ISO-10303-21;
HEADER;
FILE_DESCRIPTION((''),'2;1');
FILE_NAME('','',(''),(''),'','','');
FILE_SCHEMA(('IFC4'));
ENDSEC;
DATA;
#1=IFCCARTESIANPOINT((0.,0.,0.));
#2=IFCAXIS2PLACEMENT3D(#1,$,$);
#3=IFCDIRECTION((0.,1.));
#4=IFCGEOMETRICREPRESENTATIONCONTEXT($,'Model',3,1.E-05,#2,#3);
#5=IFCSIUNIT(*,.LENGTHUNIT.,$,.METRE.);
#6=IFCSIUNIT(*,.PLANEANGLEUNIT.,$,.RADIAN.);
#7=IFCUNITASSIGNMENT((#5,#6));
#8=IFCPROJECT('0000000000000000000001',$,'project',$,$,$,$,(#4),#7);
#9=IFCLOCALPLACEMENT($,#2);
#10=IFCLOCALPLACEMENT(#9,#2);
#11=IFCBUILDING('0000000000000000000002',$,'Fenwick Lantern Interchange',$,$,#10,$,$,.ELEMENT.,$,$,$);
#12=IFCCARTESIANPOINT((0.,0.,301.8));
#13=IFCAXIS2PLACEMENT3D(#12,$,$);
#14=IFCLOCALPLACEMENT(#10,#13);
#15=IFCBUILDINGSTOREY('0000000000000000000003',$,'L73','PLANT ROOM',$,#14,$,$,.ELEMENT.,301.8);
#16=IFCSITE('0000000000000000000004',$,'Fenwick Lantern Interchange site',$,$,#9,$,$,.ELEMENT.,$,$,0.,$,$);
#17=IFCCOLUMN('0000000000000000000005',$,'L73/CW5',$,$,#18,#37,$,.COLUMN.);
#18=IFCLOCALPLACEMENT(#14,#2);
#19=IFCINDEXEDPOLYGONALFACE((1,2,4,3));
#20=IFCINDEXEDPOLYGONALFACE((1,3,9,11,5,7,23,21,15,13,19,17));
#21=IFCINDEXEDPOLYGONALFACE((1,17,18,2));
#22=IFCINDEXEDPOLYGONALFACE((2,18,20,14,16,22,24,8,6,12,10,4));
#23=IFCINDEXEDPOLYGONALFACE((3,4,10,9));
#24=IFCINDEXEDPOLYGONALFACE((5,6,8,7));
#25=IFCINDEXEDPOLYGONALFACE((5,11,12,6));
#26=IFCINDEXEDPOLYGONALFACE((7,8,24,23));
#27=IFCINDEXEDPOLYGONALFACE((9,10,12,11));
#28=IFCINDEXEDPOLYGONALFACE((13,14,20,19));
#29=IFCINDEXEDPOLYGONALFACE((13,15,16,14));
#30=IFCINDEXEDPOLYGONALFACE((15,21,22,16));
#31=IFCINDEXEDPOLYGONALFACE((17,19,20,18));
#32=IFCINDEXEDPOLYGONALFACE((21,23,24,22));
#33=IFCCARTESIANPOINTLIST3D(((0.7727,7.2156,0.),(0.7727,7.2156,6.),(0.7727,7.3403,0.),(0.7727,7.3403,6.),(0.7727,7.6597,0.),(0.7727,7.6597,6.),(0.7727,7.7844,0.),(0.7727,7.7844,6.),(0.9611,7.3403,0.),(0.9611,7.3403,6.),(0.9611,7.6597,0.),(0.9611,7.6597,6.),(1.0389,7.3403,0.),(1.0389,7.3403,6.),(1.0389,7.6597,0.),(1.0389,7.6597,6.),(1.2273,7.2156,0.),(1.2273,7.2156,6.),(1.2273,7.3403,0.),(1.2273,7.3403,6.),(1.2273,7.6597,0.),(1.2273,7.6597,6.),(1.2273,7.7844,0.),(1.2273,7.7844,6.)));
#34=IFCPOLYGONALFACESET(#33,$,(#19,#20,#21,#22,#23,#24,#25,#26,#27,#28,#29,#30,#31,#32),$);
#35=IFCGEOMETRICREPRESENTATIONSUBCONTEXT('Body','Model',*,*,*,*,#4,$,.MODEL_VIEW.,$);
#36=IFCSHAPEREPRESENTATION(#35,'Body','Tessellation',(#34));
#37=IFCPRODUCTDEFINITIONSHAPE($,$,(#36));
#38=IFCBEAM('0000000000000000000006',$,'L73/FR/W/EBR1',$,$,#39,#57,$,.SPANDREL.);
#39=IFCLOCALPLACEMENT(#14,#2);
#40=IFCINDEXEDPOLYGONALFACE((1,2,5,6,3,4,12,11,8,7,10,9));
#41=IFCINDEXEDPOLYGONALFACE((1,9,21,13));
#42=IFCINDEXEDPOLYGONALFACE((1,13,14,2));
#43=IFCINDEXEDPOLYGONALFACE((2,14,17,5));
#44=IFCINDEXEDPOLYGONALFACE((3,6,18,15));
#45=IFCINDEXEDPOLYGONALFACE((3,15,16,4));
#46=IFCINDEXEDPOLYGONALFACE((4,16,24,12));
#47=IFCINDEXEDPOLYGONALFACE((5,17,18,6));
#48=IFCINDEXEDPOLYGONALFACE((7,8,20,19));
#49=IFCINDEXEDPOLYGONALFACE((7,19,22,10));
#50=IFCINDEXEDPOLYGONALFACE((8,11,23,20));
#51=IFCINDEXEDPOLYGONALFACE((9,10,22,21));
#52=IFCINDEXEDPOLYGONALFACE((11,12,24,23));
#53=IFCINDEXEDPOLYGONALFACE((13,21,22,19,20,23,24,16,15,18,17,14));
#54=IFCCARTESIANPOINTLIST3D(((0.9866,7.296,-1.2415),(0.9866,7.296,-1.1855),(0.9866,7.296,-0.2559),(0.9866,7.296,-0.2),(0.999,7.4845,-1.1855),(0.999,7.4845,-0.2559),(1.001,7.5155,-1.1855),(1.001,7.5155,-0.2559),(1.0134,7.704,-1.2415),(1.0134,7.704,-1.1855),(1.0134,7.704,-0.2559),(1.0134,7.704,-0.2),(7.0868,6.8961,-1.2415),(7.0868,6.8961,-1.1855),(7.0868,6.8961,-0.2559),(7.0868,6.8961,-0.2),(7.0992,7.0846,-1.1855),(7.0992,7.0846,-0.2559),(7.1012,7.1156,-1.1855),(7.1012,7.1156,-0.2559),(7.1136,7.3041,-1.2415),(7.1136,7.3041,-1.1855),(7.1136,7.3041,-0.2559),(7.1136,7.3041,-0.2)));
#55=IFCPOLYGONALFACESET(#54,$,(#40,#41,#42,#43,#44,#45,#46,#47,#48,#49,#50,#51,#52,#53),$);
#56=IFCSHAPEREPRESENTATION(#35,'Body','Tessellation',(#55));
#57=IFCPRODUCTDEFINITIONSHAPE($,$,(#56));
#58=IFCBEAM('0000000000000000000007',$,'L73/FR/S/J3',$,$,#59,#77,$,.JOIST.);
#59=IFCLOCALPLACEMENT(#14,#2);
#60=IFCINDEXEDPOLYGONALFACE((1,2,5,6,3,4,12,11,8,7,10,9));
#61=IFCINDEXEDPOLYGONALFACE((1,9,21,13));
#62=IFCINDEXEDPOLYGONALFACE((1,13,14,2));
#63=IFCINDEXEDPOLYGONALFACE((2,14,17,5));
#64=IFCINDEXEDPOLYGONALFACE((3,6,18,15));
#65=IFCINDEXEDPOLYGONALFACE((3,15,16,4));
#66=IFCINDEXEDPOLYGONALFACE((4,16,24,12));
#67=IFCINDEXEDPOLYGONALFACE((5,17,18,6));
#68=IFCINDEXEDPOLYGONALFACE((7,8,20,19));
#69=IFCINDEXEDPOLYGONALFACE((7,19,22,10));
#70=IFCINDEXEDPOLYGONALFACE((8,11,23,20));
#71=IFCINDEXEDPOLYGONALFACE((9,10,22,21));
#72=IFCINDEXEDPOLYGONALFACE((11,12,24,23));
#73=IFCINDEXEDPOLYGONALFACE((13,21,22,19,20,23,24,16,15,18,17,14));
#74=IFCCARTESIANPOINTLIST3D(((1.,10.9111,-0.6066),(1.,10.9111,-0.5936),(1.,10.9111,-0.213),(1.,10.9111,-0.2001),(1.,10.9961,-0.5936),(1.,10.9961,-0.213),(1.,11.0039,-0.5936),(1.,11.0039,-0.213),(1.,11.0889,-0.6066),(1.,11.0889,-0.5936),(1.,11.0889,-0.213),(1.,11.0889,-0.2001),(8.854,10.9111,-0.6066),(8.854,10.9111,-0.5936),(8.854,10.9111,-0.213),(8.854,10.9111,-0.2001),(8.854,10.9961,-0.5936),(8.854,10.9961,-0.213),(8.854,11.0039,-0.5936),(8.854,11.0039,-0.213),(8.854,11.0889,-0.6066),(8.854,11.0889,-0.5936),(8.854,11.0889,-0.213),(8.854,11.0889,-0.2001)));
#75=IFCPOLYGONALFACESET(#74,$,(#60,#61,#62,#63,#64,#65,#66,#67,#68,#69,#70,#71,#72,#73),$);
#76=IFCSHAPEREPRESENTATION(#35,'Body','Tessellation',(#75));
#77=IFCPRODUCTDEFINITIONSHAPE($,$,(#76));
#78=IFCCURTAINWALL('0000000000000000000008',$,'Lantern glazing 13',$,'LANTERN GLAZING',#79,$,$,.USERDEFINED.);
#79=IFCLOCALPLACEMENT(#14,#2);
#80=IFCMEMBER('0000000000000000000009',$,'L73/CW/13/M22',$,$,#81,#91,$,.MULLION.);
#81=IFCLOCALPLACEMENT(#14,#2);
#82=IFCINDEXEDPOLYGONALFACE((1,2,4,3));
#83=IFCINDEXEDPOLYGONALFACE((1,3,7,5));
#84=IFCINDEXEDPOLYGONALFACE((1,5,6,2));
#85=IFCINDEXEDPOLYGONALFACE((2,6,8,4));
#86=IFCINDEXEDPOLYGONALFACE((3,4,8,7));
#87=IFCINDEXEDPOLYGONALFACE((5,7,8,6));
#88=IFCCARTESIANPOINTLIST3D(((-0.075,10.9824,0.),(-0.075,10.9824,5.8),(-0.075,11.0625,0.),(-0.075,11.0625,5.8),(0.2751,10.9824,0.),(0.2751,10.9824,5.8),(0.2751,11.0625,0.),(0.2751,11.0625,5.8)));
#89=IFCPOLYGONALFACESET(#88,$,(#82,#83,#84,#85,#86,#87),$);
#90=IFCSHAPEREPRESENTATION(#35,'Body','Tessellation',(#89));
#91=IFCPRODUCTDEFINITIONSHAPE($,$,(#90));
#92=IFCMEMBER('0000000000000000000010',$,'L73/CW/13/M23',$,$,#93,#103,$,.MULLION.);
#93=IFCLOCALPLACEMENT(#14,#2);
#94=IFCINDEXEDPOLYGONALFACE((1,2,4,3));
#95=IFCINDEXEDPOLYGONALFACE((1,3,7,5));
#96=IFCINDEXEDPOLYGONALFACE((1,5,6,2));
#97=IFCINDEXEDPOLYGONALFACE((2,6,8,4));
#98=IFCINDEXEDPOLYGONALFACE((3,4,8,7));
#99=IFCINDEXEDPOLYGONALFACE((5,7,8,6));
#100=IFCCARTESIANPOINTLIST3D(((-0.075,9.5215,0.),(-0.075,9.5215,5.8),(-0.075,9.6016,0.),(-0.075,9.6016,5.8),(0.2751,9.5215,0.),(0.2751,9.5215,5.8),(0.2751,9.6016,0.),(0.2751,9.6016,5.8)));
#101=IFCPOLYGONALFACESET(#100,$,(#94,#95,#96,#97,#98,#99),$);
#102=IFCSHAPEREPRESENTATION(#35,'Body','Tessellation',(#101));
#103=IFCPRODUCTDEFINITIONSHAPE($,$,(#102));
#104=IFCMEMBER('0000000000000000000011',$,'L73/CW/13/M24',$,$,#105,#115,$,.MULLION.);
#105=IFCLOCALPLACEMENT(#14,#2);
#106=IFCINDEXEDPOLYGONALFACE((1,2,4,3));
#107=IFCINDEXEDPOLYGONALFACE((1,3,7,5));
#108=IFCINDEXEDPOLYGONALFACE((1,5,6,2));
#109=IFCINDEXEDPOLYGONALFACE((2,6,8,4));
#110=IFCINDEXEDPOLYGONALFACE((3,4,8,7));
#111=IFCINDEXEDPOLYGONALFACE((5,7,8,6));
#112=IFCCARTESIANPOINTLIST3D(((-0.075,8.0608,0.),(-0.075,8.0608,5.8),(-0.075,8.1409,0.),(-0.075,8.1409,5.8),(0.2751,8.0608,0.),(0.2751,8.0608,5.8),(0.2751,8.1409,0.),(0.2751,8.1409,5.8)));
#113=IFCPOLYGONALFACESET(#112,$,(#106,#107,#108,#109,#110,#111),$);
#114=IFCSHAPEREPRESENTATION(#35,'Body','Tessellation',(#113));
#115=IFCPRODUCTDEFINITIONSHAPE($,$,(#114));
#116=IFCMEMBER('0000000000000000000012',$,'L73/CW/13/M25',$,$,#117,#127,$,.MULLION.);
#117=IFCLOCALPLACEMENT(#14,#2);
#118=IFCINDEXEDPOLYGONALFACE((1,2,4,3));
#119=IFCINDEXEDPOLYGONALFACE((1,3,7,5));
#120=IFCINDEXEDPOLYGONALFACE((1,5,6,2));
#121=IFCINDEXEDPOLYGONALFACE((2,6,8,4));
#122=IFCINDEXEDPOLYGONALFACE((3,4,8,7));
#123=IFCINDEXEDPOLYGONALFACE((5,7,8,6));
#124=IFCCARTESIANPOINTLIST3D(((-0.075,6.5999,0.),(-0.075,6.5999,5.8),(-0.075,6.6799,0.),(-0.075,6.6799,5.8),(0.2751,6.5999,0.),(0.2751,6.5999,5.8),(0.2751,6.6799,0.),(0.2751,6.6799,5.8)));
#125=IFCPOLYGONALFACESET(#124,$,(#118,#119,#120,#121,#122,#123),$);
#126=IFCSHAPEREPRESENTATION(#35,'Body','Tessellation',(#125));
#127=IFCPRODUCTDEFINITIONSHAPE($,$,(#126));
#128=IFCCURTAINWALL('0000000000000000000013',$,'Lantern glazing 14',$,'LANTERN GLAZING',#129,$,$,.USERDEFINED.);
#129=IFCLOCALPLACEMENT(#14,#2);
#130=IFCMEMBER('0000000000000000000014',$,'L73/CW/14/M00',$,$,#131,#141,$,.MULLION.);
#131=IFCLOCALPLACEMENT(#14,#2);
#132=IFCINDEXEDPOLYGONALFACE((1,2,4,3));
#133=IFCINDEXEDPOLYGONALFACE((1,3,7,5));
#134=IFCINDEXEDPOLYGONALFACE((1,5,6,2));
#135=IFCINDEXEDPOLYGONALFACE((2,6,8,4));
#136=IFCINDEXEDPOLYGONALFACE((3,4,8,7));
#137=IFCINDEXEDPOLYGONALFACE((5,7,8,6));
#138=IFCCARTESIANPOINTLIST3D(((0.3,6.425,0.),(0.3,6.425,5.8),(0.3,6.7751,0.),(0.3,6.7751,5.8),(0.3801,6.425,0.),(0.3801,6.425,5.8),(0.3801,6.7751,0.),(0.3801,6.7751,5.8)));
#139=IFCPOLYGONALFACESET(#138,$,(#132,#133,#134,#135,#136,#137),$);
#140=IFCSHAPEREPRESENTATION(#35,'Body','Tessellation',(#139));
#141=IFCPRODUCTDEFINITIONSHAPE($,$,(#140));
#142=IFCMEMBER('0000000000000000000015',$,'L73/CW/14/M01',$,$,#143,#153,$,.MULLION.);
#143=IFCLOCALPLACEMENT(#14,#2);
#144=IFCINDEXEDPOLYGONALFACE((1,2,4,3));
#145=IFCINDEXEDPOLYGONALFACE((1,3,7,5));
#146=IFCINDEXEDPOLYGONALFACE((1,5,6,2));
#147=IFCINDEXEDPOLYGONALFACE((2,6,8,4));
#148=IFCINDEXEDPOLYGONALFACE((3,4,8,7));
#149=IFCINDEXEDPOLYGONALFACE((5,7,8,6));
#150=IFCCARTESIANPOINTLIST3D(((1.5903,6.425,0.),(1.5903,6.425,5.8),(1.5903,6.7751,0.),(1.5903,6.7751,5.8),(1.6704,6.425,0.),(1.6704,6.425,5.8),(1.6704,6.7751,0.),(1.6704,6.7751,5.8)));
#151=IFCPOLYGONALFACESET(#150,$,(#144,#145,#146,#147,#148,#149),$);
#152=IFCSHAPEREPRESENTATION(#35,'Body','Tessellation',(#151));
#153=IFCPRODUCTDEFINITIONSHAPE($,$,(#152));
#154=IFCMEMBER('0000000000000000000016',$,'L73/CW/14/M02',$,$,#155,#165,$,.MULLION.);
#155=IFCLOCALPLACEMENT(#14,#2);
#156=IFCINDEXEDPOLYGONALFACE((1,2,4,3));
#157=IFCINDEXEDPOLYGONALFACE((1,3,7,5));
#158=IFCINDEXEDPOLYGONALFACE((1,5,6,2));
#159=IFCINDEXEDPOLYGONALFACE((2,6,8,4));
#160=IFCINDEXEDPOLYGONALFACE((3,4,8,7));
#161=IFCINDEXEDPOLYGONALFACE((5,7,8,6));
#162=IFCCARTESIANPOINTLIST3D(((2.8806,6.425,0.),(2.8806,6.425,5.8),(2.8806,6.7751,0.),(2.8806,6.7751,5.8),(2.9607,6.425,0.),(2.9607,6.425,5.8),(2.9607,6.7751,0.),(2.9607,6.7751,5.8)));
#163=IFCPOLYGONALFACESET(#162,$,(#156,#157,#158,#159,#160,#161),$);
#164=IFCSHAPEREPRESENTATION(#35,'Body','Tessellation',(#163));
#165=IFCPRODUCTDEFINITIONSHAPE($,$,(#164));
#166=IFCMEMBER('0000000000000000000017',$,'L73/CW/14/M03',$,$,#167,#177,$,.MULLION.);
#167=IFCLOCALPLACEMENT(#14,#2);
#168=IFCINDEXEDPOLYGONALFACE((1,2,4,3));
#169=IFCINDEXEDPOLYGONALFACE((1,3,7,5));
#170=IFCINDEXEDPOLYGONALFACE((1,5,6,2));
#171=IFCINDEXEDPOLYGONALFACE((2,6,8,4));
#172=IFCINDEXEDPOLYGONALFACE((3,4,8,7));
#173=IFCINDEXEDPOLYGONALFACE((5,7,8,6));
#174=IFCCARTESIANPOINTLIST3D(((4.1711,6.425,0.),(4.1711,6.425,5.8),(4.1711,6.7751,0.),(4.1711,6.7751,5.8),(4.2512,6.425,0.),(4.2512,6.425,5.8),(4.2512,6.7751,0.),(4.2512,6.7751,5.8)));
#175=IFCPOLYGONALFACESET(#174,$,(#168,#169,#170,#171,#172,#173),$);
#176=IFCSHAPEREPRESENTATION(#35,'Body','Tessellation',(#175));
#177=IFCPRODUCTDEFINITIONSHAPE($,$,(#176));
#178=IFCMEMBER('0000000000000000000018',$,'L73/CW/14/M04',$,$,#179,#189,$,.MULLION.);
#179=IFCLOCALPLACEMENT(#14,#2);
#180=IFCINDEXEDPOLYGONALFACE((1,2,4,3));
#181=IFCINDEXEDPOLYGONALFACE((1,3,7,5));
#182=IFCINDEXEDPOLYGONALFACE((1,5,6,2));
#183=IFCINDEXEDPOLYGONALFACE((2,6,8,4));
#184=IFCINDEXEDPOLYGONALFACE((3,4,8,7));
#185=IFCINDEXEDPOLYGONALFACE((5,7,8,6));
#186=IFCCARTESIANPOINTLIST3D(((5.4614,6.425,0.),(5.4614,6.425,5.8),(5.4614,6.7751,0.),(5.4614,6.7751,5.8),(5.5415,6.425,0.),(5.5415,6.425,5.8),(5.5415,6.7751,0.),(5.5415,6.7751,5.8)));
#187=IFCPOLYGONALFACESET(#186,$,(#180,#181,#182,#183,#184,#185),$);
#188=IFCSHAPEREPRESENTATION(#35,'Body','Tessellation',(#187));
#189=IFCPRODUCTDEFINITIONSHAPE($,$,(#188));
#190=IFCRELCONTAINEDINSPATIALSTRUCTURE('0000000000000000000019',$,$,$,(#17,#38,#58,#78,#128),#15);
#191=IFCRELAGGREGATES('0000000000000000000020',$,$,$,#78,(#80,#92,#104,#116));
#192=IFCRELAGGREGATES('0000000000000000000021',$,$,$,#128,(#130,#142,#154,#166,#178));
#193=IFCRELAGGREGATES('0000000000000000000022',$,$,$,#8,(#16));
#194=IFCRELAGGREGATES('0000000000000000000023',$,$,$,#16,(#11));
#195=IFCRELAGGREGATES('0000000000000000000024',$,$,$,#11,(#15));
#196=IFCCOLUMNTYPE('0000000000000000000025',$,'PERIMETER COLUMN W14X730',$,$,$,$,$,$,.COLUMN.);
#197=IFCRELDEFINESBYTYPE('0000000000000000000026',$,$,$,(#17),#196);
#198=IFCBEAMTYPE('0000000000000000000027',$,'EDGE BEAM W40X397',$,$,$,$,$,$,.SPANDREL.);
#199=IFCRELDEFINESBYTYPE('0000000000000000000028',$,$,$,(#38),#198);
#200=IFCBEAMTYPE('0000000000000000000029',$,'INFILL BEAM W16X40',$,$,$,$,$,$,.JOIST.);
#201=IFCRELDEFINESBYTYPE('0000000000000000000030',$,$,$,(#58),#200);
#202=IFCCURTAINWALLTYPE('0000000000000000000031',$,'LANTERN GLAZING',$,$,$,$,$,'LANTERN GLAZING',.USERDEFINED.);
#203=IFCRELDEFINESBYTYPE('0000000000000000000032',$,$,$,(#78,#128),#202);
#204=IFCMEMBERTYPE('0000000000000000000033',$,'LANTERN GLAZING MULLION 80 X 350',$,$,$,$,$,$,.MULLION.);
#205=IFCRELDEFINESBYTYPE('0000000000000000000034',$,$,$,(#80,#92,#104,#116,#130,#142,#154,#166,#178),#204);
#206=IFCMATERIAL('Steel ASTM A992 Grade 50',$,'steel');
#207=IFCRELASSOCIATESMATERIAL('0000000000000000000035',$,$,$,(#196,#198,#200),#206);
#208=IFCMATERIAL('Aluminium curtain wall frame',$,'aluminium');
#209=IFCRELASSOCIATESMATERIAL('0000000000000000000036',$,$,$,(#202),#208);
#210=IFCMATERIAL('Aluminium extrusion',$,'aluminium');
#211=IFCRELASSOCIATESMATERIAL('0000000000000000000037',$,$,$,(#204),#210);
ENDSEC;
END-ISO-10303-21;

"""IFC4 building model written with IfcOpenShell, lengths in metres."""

from ifc_helpers import new_model, si_unit, direction, frame, origin, origin_2d, place, context, subcontext, project, spatial, rectangle, i_section, extrude, material, material_profile, profile_set, type_object, element, aggregate, save


model = new_model("IFC4")

# Units and contexts
model_context = context("Model", 3, precision=1e-05, world=origin(), true_north=direction((0.0, 1.0)))
body_context = subcontext(model_context, "Body", "Model", "MODEL_VIEW")
ifc_project = project(units=[si_unit("LENGTHUNIT", "METRE"), si_unit("PLANEANGLEUNIT", "RADIAN")], contexts=[model_context])

# Site, building, storey
site_placement = place(None, origin())
site = spatial("IfcSite", under=ifc_project, at=site_placement, Name="Fenwick Lantern Interchange site", CompositionType="ELEMENT", RefElevation=0.0)
building_placement = place(site_placement, origin())
building = spatial("IfcBuilding", under=site, at=building_placement, Name="Fenwick Lantern Interchange", CompositionType="ELEMENT")
storey_placement = place(building_placement, frame((0.0, 0.0, 301.8)))
storey = spatial("IfcBuildingStorey", under=building, at=storey_placement, Name="L73", Description="PLANT ROOM", CompositionType="ELEMENT", Elevation=301.8)

# Column
ifc_material_1 = material(Name="Steel ASTM A992 Grade 50", Category="steel")
ifc_material_profile_1 = material_profile(ifc_material_1, i_section(OverallWidth=0.4546, OverallDepth=0.5688, WebThickness=0.0779, FlangeThickness=0.1248, at=origin_2d()), Name="W14X730")
ifc_profile_set_1 = profile_set([ifc_material_profile_1], Name="Steel ASTM A992 Grade 50")
column_type = type_object("IfcColumnType", Name="PERIMETER COLUMN W14X730", PredefinedType="COLUMN", material=ifc_profile_set_1)
column_placement = place(storey_placement, frame((1.0, 7.5, 0.0), z_axis=(0.0, 0.0, 1.0), x_axis=(1.0, 0.0, 0.0)))
element("IfcColumn", 1, at=column_placement, inside=storey, type_object=column_type, Name="L73/CW5", PredefinedType="COLUMN", context=body_context, shape_type="SweptSolid", body=[
    extrude(i_section(OverallWidth=0.4546, OverallDepth=0.5688, WebThickness=0.0779, FlangeThickness=0.1248, at=origin_2d()), origin(), (0.0, 0.0, 1.0), 6.0),
])

# Beams
ifc_material_profile_2 = material_profile(ifc_material_1, i_section(OverallWidth=0.4089, OverallDepth=1.0415, WebThickness=0.031, FlangeThickness=0.0559, at=origin_2d()), Name="W40X397")
ifc_profile_set_2 = profile_set([ifc_material_profile_2], Name="Steel ASTM A992 Grade 50")
beam_type_1 = type_object("IfcBeamType", Name="EDGE BEAM W40X397", PredefinedType="SPANDREL", material=ifc_profile_set_2)
beam_1_placement = place(storey_placement, frame((1.0, 7.5, -0.7207), z_axis=(0.997858, -0.065416, 0.0), x_axis=(0.065416, 0.997858, 0.0)))
element("IfcBeam", 2, at=beam_1_placement, inside=storey, type_object=beam_type_1, Name="L73/FR/W/EBR1", PredefinedType="SPANDREL", context=body_context, shape_type="SweptSolid", body=[
    extrude(i_section(OverallWidth=0.4089, OverallDepth=1.0415, WebThickness=0.031, FlangeThickness=0.0559, at=origin_2d()), origin(), (0.0, 0.0, 1.0), 6.1133),
])
ifc_material_profile_3 = material_profile(ifc_material_1, i_section(OverallWidth=0.1777, OverallDepth=0.4065, WebThickness=0.0078, FlangeThickness=0.0129, at=origin_2d()), Name="W16X40")
ifc_profile_set_3 = profile_set([ifc_material_profile_3], Name="Steel ASTM A992 Grade 50")
beam_type_2 = type_object("IfcBeamType", Name="INFILL BEAM W16X40", PredefinedType="JOIST", material=ifc_profile_set_3)
beam_2_placement = place(storey_placement, frame((1.0, 11.0, -0.4033), z_axis=(1.0, 0.0, 0.0), x_axis=(0.0, 1.0, 0.0)))
element("IfcBeam", 3, at=beam_2_placement, inside=storey, type_object=beam_type_2, Name="L73/FR/S/J3", PredefinedType="JOIST", context=body_context, shape_type="SweptSolid", body=[
    extrude(i_section(OverallWidth=0.1777, OverallDepth=0.4065, WebThickness=0.0078, FlangeThickness=0.0129, at=origin_2d()), origin(), (0.0, 0.0, 1.0), 7.854),
])

# Curtain walls, members
ifc_material_2 = material(Name="Aluminium curtain wall frame", Category="aluminium")
curtain_wall_type = type_object("IfcCurtainWallType", Name="LANTERN GLAZING", ElementType="LANTERN GLAZING", PredefinedType="USERDEFINED", material=ifc_material_2)
curtain_wall_1_placement = place(storey_placement, origin())
curtain_wall_1 = element("IfcCurtainWall", 4, at=curtain_wall_1_placement, inside=storey, type_object=curtain_wall_type, Name="Lantern glazing 13", ObjectType="LANTERN GLAZING", PredefinedType="USERDEFINED")
ifc_material_3 = material(Name="Aluminium extrusion", Category="aluminium")
ifc_material_profile_4 = material_profile(ifc_material_3, rectangle(XDim=0.3501, YDim=0.0801, at=origin_2d()), Name="LANTERN GLAZING MULLION 80 X 350")
ifc_profile_set_4 = profile_set([ifc_material_profile_4], Name="Aluminium extrusion")
member_type_1 = type_object("IfcMemberType", Name="LANTERN GLAZING MULLION 80 X 350", PredefinedType="MULLION", material=ifc_profile_set_4)
member_1_placement = place(storey_placement, frame((0.1001, 11.0225, 0.0), z_axis=(0.0, 0.0, 1.0), x_axis=(1.0, 0.0, 0.0)))
member_1 = element("IfcMember", 5, at=member_1_placement, type_object=member_type_1, Name="L73/CW/13/M22", PredefinedType="MULLION", context=body_context, shape_type="SweptSolid", body=[
    extrude(rectangle(XDim=0.3501, YDim=0.0801, at=origin_2d()), origin(), (0.0, 0.0, 1.0), 5.8),
])
member_2_placement = place(storey_placement, frame((0.1001, 9.5615, 0.0), z_axis=(0.0, 0.0, 1.0), x_axis=(1.0, 0.0, 0.0)))
member_2 = element("IfcMember", 6, at=member_2_placement, type_object=member_type_1, Name="L73/CW/13/M23", PredefinedType="MULLION", context=body_context, shape_type="SweptSolid", body=[
    extrude(rectangle(XDim=0.3501, YDim=0.0801, at=origin_2d()), origin(), (0.0, 0.0, 1.0), 5.8),
])
member_3_placement = place(storey_placement, frame((0.1001, 8.1008, 0.0), z_axis=(0.0, 0.0, 1.0), x_axis=(1.0, 0.0, 0.0)))
member_3 = element("IfcMember", 7, at=member_3_placement, type_object=member_type_1, Name="L73/CW/13/M24", PredefinedType="MULLION", context=body_context, shape_type="SweptSolid", body=[
    extrude(rectangle(XDim=0.3501, YDim=0.0801, at=origin_2d()), origin(), (0.0, 0.0, 1.0), 5.8),
])
member_4_placement = place(storey_placement, frame((0.1001, 6.6399, 0.0), z_axis=(0.0, 0.0, 1.0), x_axis=(1.0, 0.0, 0.0)))
member_4 = element("IfcMember", 8, at=member_4_placement, type_object=member_type_1, Name="L73/CW/13/M25", PredefinedType="MULLION", context=body_context, shape_type="SweptSolid", body=[
    extrude(rectangle(XDim=0.3501, YDim=0.0801, at=origin_2d()), origin(), (0.0, 0.0, 1.0), 5.8),
])
curtain_wall_2_placement = place(storey_placement, origin())
curtain_wall_2 = element("IfcCurtainWall", 9, at=curtain_wall_2_placement, inside=storey, type_object=curtain_wall_type, Name="Lantern glazing 14", ObjectType="LANTERN GLAZING", PredefinedType="USERDEFINED")
member_5_placement = place(storey_placement, frame((0.3401, 6.6001, 0.0), z_axis=(0.0, 0.0, 1.0), x_axis=(0.0, 1.0, 0.0)))
member_5 = element("IfcMember", 10, at=member_5_placement, type_object=member_type_1, Name="L73/CW/14/M00", PredefinedType="MULLION", context=body_context, shape_type="SweptSolid", body=[
    extrude(rectangle(XDim=0.3501, YDim=0.0801, at=origin_2d()), origin(), (0.0, 0.0, 1.0), 5.8),
])
member_6_placement = place(storey_placement, frame((1.6304, 6.6001, 0.0), z_axis=(0.0, 0.0, 1.0), x_axis=(0.0, 1.0, 0.0)))
member_6 = element("IfcMember", 11, at=member_6_placement, type_object=member_type_1, Name="L73/CW/14/M01", PredefinedType="MULLION", context=body_context, shape_type="SweptSolid", body=[
    extrude(rectangle(XDim=0.3501, YDim=0.0801, at=origin_2d()), origin(), (0.0, 0.0, 1.0), 5.8),
])
member_7_placement = place(storey_placement, frame((2.9207, 6.6001, 0.0), z_axis=(0.0, 0.0, 1.0), x_axis=(0.0, 1.0, 0.0)))
member_7 = element("IfcMember", 12, at=member_7_placement, type_object=member_type_1, Name="L73/CW/14/M02", PredefinedType="MULLION", context=body_context, shape_type="SweptSolid", body=[
    extrude(rectangle(XDim=0.3501, YDim=0.0801, at=origin_2d()), origin(), (0.0, 0.0, 1.0), 5.8),
])
member_8_placement = place(storey_placement, frame((4.2112, 6.6001, 0.0), z_axis=(0.0, 0.0, 1.0), x_axis=(0.0, 1.0, 0.0)))
member_8 = element("IfcMember", 13, at=member_8_placement, type_object=member_type_1, Name="L73/CW/14/M03", PredefinedType="MULLION", context=body_context, shape_type="SweptSolid", body=[
    extrude(rectangle(XDim=0.3501, YDim=0.0801, at=origin_2d()), origin(), (0.0, 0.0, 1.0), 5.8),
])
member_9_placement = place(storey_placement, frame((5.5015, 6.6001, 0.0), z_axis=(0.0, 0.0, 1.0), x_axis=(0.0, 1.0, 0.0)))
member_9 = element("IfcMember", 14, at=member_9_placement, type_object=member_type_1, Name="L73/CW/14/M04", PredefinedType="MULLION", context=body_context, shape_type="SweptSolid", body=[
    extrude(rectangle(XDim=0.3501, YDim=0.0801, at=origin_2d()), origin(), (0.0, 0.0, 1.0), 5.8),
])

aggregate(curtain_wall_1, [member_1, member_2, member_3, member_4])

aggregate(curtain_wall_2, [member_5, member_6, member_7, member_8, member_9])

save(model, "model.ifc")
